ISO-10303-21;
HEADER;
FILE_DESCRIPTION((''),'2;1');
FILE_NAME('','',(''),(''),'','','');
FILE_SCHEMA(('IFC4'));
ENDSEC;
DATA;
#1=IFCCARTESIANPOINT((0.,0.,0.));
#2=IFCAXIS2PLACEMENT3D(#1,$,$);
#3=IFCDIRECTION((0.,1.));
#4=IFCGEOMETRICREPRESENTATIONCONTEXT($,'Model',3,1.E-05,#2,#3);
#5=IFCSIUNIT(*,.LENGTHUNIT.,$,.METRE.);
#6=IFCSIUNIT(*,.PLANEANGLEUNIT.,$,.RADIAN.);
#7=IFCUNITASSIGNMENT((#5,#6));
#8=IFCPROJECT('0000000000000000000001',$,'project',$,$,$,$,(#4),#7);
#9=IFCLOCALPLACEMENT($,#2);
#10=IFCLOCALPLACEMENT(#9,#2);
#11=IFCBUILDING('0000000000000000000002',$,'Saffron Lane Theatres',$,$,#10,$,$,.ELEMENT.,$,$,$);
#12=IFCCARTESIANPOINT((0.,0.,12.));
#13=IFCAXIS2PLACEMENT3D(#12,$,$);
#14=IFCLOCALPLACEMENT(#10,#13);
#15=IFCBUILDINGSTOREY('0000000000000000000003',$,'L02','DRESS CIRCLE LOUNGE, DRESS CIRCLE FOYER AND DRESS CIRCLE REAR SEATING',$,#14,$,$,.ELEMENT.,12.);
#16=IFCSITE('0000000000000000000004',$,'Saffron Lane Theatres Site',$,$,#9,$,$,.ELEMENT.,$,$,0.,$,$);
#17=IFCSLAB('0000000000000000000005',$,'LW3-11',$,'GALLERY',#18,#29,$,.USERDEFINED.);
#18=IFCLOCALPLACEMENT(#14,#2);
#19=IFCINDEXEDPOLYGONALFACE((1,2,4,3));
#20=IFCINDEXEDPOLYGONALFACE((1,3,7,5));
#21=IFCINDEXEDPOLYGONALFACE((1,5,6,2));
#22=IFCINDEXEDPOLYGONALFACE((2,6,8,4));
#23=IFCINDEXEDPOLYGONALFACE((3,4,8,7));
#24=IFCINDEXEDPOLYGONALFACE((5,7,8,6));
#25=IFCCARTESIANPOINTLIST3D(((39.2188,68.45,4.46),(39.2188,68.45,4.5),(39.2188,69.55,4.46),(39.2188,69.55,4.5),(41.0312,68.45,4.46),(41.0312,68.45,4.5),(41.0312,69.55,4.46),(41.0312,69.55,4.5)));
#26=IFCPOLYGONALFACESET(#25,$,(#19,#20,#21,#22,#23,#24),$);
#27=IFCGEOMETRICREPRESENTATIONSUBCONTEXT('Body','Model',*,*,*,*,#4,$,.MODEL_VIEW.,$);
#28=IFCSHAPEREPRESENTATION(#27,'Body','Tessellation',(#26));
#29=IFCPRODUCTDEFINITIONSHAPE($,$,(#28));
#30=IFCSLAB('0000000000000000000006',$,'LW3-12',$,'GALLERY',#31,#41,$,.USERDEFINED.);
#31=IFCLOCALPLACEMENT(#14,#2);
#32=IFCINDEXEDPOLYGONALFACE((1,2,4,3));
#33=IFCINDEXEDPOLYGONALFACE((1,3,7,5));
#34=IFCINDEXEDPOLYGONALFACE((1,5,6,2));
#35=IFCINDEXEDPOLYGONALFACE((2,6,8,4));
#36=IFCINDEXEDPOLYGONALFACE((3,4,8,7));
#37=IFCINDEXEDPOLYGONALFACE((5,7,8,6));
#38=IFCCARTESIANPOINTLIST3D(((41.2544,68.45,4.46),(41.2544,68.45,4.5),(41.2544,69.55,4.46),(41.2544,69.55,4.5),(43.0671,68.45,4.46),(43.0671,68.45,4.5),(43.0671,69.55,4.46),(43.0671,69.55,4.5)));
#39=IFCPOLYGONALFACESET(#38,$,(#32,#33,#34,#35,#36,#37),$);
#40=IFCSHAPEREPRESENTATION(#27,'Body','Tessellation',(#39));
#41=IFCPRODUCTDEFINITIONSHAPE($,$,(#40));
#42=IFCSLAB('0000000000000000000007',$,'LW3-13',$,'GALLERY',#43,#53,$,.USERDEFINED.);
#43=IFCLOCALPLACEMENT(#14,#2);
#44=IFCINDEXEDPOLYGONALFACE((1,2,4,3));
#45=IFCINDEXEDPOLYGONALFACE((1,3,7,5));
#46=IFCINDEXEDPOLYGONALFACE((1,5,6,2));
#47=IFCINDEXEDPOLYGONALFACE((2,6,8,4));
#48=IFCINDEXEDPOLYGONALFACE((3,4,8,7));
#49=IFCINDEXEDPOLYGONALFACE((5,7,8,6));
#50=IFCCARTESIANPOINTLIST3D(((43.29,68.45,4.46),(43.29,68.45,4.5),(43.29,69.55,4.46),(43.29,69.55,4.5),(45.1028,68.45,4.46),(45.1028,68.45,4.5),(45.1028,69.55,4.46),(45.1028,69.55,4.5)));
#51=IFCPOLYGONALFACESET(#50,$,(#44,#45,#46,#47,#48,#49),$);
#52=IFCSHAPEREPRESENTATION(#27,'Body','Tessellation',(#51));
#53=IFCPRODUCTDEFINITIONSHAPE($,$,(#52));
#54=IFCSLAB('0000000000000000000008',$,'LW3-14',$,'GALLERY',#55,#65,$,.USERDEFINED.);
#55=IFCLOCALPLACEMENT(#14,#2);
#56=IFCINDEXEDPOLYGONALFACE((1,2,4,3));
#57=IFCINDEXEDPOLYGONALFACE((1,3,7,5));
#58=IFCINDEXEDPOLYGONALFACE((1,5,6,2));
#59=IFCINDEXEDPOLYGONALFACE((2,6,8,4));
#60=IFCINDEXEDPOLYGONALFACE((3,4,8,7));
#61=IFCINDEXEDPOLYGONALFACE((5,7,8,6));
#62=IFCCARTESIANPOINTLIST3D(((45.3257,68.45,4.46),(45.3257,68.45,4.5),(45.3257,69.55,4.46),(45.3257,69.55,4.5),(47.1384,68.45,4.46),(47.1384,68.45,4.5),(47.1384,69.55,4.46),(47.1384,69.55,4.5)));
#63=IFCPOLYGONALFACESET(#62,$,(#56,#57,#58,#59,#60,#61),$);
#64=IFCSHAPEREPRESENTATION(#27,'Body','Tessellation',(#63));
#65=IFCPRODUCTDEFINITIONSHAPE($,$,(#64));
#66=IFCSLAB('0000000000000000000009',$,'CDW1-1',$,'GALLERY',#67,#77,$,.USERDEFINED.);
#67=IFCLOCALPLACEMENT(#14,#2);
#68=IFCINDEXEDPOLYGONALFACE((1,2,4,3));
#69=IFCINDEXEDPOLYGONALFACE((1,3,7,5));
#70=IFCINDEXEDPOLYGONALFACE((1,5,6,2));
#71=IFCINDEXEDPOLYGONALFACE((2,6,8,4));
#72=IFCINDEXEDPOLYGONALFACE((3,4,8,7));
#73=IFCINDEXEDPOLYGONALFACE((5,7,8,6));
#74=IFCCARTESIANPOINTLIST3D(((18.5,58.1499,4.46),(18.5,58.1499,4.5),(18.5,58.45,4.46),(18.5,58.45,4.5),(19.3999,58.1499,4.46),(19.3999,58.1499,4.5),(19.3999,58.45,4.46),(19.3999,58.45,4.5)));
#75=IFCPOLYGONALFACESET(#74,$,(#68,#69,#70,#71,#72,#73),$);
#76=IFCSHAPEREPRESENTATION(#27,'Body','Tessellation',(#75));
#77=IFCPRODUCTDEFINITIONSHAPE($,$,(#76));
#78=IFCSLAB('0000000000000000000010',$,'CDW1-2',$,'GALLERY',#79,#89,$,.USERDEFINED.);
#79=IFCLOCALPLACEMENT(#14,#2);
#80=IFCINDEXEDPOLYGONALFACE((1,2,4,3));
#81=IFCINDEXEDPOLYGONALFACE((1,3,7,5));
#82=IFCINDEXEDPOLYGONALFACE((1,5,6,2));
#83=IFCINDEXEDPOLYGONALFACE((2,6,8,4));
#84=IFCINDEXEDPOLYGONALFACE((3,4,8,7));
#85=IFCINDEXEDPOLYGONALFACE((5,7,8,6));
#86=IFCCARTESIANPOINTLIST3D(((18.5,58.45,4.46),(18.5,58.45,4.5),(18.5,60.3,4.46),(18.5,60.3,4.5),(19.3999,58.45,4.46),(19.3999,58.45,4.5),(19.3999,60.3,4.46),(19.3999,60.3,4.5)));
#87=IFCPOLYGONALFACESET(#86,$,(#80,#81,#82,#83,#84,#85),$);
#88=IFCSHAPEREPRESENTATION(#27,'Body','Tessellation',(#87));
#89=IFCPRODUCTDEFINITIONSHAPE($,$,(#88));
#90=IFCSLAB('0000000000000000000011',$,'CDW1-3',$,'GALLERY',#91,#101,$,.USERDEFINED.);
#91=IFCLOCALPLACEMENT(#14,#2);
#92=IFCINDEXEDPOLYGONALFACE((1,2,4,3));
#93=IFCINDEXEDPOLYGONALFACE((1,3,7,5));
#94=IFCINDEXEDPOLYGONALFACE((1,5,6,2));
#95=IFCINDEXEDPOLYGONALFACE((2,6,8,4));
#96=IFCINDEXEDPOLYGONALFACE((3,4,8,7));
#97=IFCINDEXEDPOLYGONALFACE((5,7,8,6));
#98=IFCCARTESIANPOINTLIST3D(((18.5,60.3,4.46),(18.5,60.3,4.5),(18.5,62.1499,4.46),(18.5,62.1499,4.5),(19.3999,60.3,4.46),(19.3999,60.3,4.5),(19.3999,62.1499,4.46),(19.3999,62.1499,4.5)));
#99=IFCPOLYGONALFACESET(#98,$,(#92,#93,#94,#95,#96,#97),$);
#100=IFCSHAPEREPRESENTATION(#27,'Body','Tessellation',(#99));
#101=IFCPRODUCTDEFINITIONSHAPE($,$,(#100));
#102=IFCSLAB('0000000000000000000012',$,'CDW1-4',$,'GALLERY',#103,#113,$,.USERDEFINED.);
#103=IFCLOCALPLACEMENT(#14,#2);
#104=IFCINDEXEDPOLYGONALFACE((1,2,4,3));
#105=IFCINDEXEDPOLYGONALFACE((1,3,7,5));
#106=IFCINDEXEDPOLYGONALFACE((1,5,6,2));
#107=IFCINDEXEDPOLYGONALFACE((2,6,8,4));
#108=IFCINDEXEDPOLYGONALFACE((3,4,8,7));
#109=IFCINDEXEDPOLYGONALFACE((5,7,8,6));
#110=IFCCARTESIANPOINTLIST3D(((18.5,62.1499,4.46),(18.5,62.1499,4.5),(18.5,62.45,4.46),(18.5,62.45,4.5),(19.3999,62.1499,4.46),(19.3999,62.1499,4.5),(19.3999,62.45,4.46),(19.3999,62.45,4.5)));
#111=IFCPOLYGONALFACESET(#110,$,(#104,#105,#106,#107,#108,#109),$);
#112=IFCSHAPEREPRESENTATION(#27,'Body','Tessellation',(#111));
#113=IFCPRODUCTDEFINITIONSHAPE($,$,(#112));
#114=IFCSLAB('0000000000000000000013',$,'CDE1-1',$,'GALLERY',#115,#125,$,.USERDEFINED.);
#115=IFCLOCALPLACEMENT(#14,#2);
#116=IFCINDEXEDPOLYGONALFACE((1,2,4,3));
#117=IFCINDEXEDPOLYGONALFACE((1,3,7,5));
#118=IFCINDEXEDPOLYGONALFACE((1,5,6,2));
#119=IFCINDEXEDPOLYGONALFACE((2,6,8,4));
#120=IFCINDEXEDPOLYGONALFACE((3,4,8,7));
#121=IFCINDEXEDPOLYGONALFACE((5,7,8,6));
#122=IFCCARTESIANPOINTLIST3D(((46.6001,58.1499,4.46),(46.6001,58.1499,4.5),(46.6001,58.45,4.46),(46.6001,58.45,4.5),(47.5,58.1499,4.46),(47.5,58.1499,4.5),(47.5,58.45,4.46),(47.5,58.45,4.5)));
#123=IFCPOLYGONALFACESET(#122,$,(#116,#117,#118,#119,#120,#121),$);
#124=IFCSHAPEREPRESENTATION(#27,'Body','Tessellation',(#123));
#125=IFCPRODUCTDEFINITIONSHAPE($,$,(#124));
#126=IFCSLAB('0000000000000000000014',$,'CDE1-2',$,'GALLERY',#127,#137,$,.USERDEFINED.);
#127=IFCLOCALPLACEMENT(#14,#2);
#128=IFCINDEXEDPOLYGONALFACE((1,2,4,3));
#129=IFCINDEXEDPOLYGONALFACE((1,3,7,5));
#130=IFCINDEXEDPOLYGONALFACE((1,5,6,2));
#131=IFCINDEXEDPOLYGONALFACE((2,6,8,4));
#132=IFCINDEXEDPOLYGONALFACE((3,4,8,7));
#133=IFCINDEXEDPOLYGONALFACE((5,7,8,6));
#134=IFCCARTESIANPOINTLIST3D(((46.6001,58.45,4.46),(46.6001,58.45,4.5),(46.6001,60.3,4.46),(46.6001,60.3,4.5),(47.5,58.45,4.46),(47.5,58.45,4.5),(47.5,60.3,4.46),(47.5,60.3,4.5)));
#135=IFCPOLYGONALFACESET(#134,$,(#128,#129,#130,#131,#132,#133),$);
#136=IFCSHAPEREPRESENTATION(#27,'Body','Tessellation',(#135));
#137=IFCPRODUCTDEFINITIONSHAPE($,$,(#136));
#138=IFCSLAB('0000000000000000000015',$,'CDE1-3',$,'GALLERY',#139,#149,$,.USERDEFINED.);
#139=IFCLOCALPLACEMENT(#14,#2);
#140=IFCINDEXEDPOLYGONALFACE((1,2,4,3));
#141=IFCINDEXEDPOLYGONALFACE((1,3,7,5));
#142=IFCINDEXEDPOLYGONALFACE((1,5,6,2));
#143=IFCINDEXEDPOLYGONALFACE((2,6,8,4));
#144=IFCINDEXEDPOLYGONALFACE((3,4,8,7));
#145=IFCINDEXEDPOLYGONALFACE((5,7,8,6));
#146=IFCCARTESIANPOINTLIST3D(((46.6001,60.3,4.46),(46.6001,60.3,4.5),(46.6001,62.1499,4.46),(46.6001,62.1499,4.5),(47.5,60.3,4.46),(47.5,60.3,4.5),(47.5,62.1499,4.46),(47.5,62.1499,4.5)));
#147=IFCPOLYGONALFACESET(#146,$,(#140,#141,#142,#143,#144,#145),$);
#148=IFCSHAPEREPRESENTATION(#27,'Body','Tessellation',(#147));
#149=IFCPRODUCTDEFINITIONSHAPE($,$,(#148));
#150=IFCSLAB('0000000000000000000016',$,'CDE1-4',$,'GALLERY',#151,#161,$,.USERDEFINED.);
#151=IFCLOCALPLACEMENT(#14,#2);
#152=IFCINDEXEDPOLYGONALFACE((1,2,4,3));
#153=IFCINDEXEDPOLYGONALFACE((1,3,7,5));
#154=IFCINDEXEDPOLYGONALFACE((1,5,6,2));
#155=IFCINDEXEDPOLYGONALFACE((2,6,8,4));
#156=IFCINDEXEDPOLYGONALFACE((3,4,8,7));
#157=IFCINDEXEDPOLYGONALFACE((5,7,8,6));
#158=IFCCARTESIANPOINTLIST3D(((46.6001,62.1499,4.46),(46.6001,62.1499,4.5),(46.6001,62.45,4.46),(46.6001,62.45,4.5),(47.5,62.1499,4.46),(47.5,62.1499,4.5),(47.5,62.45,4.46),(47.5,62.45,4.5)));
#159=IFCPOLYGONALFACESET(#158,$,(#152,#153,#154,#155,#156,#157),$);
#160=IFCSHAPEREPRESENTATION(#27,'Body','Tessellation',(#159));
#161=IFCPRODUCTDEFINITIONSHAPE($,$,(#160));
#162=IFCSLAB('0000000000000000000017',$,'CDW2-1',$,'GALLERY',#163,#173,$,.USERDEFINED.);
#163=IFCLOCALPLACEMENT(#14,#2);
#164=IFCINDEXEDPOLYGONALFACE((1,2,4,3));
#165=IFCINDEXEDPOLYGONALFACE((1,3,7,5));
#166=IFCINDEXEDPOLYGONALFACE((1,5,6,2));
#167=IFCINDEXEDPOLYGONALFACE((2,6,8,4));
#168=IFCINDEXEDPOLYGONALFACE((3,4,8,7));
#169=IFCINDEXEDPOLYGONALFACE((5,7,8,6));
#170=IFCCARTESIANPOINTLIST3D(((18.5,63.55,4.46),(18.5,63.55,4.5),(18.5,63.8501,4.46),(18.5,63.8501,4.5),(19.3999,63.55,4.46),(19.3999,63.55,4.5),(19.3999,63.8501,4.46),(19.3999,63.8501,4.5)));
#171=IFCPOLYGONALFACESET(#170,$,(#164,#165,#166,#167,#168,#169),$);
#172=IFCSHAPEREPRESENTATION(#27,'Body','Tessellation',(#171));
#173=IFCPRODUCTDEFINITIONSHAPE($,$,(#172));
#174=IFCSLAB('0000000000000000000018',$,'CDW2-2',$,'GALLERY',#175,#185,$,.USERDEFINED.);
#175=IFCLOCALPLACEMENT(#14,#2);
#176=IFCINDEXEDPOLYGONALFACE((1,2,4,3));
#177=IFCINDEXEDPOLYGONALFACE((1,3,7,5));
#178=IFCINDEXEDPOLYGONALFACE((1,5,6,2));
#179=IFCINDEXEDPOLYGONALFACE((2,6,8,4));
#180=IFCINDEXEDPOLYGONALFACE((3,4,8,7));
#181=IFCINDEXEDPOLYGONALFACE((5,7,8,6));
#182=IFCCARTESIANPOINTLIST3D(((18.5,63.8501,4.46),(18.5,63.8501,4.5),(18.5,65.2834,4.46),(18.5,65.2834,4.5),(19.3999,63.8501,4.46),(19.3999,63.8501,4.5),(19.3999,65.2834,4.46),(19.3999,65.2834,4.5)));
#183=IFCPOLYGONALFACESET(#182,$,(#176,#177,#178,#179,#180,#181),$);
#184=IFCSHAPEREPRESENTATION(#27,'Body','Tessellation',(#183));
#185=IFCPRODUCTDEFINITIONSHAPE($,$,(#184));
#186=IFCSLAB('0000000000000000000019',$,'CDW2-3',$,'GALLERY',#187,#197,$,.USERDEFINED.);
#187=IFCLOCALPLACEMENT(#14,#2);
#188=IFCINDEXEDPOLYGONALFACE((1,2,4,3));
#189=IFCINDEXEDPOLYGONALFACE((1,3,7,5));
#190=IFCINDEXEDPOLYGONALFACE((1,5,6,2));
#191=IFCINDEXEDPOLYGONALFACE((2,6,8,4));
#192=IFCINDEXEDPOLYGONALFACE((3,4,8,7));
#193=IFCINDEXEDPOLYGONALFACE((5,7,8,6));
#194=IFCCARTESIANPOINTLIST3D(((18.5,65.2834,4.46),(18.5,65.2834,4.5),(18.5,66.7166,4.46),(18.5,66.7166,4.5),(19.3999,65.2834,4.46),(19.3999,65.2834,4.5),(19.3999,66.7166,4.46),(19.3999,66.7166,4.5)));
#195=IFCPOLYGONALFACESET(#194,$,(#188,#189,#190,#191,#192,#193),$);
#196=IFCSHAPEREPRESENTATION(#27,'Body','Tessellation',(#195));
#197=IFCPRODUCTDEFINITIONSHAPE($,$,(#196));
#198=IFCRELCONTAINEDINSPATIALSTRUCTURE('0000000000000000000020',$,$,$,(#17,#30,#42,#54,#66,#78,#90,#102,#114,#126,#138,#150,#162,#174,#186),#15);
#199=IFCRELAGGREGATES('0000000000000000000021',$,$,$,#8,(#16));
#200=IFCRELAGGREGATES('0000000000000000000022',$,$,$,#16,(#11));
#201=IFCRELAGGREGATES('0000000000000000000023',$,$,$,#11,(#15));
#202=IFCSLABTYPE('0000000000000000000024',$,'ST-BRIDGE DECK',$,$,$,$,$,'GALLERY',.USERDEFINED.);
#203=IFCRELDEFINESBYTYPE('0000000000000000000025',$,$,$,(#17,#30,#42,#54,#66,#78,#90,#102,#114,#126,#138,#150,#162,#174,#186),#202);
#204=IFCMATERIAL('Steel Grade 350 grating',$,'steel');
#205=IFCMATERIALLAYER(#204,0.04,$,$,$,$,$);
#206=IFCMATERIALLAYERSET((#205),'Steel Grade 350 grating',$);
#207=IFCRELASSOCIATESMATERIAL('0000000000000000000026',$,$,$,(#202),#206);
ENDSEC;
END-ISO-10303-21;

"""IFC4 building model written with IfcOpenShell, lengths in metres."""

from ifc_helpers import new_model, si_unit, direction, frame, origin, place, context, subcontext, project, spatial, polyline, outline, extrude, material, layer, layer_set, type_object, element, save


model = new_model("IFC4")

# Units and contexts
model_context = context("Model", 3, precision=1e-05, world=origin(), true_north=direction((0.0, 1.0)))
body_context = subcontext(model_context, "Body", "Model", "MODEL_VIEW")
ifc_project = project(units=[si_unit("LENGTHUNIT", "METRE"), si_unit("PLANEANGLEUNIT", "RADIAN")], contexts=[model_context])

# Site, building, storey
site_placement = place(None, origin())
site = spatial("IfcSite", under=ifc_project, at=site_placement, Name="Saffron Lane Theatres Site", CompositionType="ELEMENT", RefElevation=0.0)
building_placement = place(site_placement, origin())
building = spatial("IfcBuilding", under=site, at=building_placement, Name="Saffron Lane Theatres", CompositionType="ELEMENT")
storey_placement = place(building_placement, frame((0.0, 0.0, 12.0)))
storey = spatial("IfcBuildingStorey", under=building, at=storey_placement, Name="L02", Description="DRESS CIRCLE LOUNGE, DRESS CIRCLE FOYER AND DRESS CIRCLE REAR SEATING", CompositionType="ELEMENT", Elevation=12.0)

# Slabs
ifc_material = material(Name="Steel Grade 350 grating", Category="steel")
ifc_layer = layer(ifc_material, 0.04)
ifc_layer_set = layer_set([ifc_layer], Name="Steel Grade 350 grating")
slab_type = type_object("IfcSlabType", Name="ST-BRIDGE DECK", ElementType="GALLERY", PredefinedType="USERDEFINED", material=ifc_layer_set)
slab_1_placement = place(storey_placement, frame((0.0, 0.0, 4.46)))
element("IfcSlab", 1, at=slab_1_placement, inside=storey, type_object=slab_type, Name="LW3-11", ObjectType="GALLERY", PredefinedType="USERDEFINED", context=body_context, shape_type="SweptSolid", body=[
    extrude(outline(polyline([(39.2188, 68.45), (41.0312, 68.45), (41.0312, 69.55), (39.2188, 69.55), (39.2188, 68.45)])), origin(), (0.0, 0.0, 1.0), 0.04),
])
slab_2_placement = place(storey_placement, frame((0.0, 0.0, 4.46)))
element("IfcSlab", 2, at=slab_2_placement, inside=storey, type_object=slab_type, Name="LW3-12", ObjectType="GALLERY", PredefinedType="USERDEFINED", context=body_context, shape_type="SweptSolid", body=[
    extrude(outline(polyline([(41.2544, 68.45), (43.0671, 68.45), (43.0671, 69.55), (41.2544, 69.55), (41.2544, 68.45)])), origin(), (0.0, 0.0, 1.0), 0.04),
])
slab_3_placement = place(storey_placement, frame((0.0, 0.0, 4.46)))
element("IfcSlab", 3, at=slab_3_placement, inside=storey, type_object=slab_type, Name="LW3-13", ObjectType="GALLERY", PredefinedType="USERDEFINED", context=body_context, shape_type="SweptSolid", body=[
    extrude(outline(polyline([(43.29, 68.45), (45.1028, 68.45), (45.1028, 69.55), (43.29, 69.55), (43.29, 68.45)])), origin(), (0.0, 0.0, 1.0), 0.04),
])
slab_4_placement = place(storey_placement, frame((0.0, 0.0, 4.46)))
element("IfcSlab", 4, at=slab_4_placement, inside=storey, type_object=slab_type, Name="LW3-14", ObjectType="GALLERY", PredefinedType="USERDEFINED", context=body_context, shape_type="SweptSolid", body=[
    extrude(outline(polyline([(45.3257, 68.45), (47.1384, 68.45), (47.1384, 69.55), (45.3257, 69.55), (45.3257, 68.45)])), origin(), (0.0, 0.0, 1.0), 0.04),
])
slab_5_placement = place(storey_placement, frame((0.0, 0.0, 4.46)))
element("IfcSlab", 5, at=slab_5_placement, inside=storey, type_object=slab_type, Name="CDW1-1", ObjectType="GALLERY", PredefinedType="USERDEFINED", context=body_context, shape_type="SweptSolid", body=[
    extrude(outline(polyline([(18.5, 58.1499), (19.3999, 58.1499), (19.3999, 58.45), (18.5, 58.45), (18.5, 58.1499)])), origin(), (0.0, 0.0, 1.0), 0.04),
])
slab_6_placement = place(storey_placement, frame((0.0, 0.0, 4.46)))
element("IfcSlab", 6, at=slab_6_placement, inside=storey, type_object=slab_type, Name="CDW1-2", ObjectType="GALLERY", PredefinedType="USERDEFINED", context=body_context, shape_type="SweptSolid", body=[
    extrude(outline(polyline([(18.5, 58.45), (19.3999, 58.45), (19.3999, 60.3), (18.5, 60.3), (18.5, 58.45)])), origin(), (0.0, 0.0, 1.0), 0.04),
])
slab_7_placement = place(storey_placement, frame((0.0, 0.0, 4.46)))
element("IfcSlab", 7, at=slab_7_placement, inside=storey, type_object=slab_type, Name="CDW1-3", ObjectType="GALLERY", PredefinedType="USERDEFINED", context=body_context, shape_type="SweptSolid", body=[
    extrude(outline(polyline([(18.5, 60.3), (19.3999, 60.3), (19.3999, 62.1499), (18.5, 62.1499), (18.5, 60.3)])), origin(), (0.0, 0.0, 1.0), 0.04),
])
slab_8_placement = place(storey_placement, frame((0.0, 0.0, 4.46)))
element("IfcSlab", 8, at=slab_8_placement, inside=storey, type_object=slab_type, Name="CDW1-4", ObjectType="GALLERY", PredefinedType="USERDEFINED", context=body_context, shape_type="SweptSolid", body=[
    extrude(outline(polyline([(18.5, 62.1499), (19.3999, 62.1499), (19.3999, 62.45), (18.5, 62.45), (18.5, 62.1499)])), origin(), (0.0, 0.0, 1.0), 0.04),
])
slab_9_placement = place(storey_placement, frame((0.0, 0.0, 4.46)))
element("IfcSlab", 9, at=slab_9_placement, inside=storey, type_object=slab_type, Name="CDE1-1", ObjectType="GALLERY", PredefinedType="USERDEFINED", context=body_context, shape_type="SweptSolid", body=[
    extrude(outline(polyline([(46.6001, 58.1499), (47.5, 58.1499), (47.5, 58.45), (46.6001, 58.45), (46.6001, 58.1499)])), origin(), (0.0, 0.0, 1.0), 0.04),
])
slab_10_placement = place(storey_placement, frame((0.0, 0.0, 4.46)))
element("IfcSlab", 10, at=slab_10_placement, inside=storey, type_object=slab_type, Name="CDE1-2", ObjectType="GALLERY", PredefinedType="USERDEFINED", context=body_context, shape_type="SweptSolid", body=[
    extrude(outline(polyline([(46.6001, 58.45), (47.5, 58.45), (47.5, 60.3), (46.6001, 60.3), (46.6001, 58.45)])), origin(), (0.0, 0.0, 1.0), 0.04),
])
slab_11_placement = place(storey_placement, frame((0.0, 0.0, 4.46)))
element("IfcSlab", 11, at=slab_11_placement, inside=storey, type_object=slab_type, Name="CDE1-3", ObjectType="GALLERY", PredefinedType="USERDEFINED", context=body_context, shape_type="SweptSolid", body=[
    extrude(outline(polyline([(46.6001, 60.3), (47.5, 60.3), (47.5, 62.1499), (46.6001, 62.1499), (46.6001, 60.3)])), origin(), (0.0, 0.0, 1.0), 0.04),
])
slab_12_placement = place(storey_placement, frame((0.0, 0.0, 4.46)))
element("IfcSlab", 12, at=slab_12_placement, inside=storey, type_object=slab_type, Name="CDE1-4", ObjectType="GALLERY", PredefinedType="USERDEFINED", context=body_context, shape_type="SweptSolid", body=[
    extrude(outline(polyline([(46.6001, 62.1499), (47.5, 62.1499), (47.5, 62.45), (46.6001, 62.45), (46.6001, 62.1499)])), origin(), (0.0, 0.0, 1.0), 0.04),
])
slab_13_placement = place(storey_placement, frame((0.0, 0.0, 4.46)))
element("IfcSlab", 13, at=slab_13_placement, inside=storey, type_object=slab_type, Name="CDW2-1", ObjectType="GALLERY", PredefinedType="USERDEFINED", context=body_context, shape_type="SweptSolid", body=[
    extrude(outline(polyline([(18.5, 63.55), (19.3999, 63.55), (19.3999, 63.8501), (18.5, 63.8501), (18.5, 63.55)])), origin(), (0.0, 0.0, 1.0), 0.04),
])
slab_14_placement = place(storey_placement, frame((0.0, 0.0, 4.46)))
element("IfcSlab", 14, at=slab_14_placement, inside=storey, type_object=slab_type, Name="CDW2-2", ObjectType="GALLERY", PredefinedType="USERDEFINED", context=body_context, shape_type="SweptSolid", body=[
    extrude(outline(polyline([(18.5, 63.8501), (19.3999, 63.8501), (19.3999, 65.2834), (18.5, 65.2834), (18.5, 63.8501)])), origin(), (0.0, 0.0, 1.0), 0.04),
])
slab_15_placement = place(storey_placement, frame((0.0, 0.0, 4.46)))
element("IfcSlab", 15, at=slab_15_placement, inside=storey, type_object=slab_type, Name="CDW2-3", ObjectType="GALLERY", PredefinedType="USERDEFINED", context=body_context, shape_type="SweptSolid", body=[
    extrude(outline(polyline([(18.5, 65.2834), (19.3999, 65.2834), (19.3999, 66.7166), (18.5, 66.7166), (18.5, 65.2834)])), origin(), (0.0, 0.0, 1.0), 0.04),
])

save(model, "model.ifc")
